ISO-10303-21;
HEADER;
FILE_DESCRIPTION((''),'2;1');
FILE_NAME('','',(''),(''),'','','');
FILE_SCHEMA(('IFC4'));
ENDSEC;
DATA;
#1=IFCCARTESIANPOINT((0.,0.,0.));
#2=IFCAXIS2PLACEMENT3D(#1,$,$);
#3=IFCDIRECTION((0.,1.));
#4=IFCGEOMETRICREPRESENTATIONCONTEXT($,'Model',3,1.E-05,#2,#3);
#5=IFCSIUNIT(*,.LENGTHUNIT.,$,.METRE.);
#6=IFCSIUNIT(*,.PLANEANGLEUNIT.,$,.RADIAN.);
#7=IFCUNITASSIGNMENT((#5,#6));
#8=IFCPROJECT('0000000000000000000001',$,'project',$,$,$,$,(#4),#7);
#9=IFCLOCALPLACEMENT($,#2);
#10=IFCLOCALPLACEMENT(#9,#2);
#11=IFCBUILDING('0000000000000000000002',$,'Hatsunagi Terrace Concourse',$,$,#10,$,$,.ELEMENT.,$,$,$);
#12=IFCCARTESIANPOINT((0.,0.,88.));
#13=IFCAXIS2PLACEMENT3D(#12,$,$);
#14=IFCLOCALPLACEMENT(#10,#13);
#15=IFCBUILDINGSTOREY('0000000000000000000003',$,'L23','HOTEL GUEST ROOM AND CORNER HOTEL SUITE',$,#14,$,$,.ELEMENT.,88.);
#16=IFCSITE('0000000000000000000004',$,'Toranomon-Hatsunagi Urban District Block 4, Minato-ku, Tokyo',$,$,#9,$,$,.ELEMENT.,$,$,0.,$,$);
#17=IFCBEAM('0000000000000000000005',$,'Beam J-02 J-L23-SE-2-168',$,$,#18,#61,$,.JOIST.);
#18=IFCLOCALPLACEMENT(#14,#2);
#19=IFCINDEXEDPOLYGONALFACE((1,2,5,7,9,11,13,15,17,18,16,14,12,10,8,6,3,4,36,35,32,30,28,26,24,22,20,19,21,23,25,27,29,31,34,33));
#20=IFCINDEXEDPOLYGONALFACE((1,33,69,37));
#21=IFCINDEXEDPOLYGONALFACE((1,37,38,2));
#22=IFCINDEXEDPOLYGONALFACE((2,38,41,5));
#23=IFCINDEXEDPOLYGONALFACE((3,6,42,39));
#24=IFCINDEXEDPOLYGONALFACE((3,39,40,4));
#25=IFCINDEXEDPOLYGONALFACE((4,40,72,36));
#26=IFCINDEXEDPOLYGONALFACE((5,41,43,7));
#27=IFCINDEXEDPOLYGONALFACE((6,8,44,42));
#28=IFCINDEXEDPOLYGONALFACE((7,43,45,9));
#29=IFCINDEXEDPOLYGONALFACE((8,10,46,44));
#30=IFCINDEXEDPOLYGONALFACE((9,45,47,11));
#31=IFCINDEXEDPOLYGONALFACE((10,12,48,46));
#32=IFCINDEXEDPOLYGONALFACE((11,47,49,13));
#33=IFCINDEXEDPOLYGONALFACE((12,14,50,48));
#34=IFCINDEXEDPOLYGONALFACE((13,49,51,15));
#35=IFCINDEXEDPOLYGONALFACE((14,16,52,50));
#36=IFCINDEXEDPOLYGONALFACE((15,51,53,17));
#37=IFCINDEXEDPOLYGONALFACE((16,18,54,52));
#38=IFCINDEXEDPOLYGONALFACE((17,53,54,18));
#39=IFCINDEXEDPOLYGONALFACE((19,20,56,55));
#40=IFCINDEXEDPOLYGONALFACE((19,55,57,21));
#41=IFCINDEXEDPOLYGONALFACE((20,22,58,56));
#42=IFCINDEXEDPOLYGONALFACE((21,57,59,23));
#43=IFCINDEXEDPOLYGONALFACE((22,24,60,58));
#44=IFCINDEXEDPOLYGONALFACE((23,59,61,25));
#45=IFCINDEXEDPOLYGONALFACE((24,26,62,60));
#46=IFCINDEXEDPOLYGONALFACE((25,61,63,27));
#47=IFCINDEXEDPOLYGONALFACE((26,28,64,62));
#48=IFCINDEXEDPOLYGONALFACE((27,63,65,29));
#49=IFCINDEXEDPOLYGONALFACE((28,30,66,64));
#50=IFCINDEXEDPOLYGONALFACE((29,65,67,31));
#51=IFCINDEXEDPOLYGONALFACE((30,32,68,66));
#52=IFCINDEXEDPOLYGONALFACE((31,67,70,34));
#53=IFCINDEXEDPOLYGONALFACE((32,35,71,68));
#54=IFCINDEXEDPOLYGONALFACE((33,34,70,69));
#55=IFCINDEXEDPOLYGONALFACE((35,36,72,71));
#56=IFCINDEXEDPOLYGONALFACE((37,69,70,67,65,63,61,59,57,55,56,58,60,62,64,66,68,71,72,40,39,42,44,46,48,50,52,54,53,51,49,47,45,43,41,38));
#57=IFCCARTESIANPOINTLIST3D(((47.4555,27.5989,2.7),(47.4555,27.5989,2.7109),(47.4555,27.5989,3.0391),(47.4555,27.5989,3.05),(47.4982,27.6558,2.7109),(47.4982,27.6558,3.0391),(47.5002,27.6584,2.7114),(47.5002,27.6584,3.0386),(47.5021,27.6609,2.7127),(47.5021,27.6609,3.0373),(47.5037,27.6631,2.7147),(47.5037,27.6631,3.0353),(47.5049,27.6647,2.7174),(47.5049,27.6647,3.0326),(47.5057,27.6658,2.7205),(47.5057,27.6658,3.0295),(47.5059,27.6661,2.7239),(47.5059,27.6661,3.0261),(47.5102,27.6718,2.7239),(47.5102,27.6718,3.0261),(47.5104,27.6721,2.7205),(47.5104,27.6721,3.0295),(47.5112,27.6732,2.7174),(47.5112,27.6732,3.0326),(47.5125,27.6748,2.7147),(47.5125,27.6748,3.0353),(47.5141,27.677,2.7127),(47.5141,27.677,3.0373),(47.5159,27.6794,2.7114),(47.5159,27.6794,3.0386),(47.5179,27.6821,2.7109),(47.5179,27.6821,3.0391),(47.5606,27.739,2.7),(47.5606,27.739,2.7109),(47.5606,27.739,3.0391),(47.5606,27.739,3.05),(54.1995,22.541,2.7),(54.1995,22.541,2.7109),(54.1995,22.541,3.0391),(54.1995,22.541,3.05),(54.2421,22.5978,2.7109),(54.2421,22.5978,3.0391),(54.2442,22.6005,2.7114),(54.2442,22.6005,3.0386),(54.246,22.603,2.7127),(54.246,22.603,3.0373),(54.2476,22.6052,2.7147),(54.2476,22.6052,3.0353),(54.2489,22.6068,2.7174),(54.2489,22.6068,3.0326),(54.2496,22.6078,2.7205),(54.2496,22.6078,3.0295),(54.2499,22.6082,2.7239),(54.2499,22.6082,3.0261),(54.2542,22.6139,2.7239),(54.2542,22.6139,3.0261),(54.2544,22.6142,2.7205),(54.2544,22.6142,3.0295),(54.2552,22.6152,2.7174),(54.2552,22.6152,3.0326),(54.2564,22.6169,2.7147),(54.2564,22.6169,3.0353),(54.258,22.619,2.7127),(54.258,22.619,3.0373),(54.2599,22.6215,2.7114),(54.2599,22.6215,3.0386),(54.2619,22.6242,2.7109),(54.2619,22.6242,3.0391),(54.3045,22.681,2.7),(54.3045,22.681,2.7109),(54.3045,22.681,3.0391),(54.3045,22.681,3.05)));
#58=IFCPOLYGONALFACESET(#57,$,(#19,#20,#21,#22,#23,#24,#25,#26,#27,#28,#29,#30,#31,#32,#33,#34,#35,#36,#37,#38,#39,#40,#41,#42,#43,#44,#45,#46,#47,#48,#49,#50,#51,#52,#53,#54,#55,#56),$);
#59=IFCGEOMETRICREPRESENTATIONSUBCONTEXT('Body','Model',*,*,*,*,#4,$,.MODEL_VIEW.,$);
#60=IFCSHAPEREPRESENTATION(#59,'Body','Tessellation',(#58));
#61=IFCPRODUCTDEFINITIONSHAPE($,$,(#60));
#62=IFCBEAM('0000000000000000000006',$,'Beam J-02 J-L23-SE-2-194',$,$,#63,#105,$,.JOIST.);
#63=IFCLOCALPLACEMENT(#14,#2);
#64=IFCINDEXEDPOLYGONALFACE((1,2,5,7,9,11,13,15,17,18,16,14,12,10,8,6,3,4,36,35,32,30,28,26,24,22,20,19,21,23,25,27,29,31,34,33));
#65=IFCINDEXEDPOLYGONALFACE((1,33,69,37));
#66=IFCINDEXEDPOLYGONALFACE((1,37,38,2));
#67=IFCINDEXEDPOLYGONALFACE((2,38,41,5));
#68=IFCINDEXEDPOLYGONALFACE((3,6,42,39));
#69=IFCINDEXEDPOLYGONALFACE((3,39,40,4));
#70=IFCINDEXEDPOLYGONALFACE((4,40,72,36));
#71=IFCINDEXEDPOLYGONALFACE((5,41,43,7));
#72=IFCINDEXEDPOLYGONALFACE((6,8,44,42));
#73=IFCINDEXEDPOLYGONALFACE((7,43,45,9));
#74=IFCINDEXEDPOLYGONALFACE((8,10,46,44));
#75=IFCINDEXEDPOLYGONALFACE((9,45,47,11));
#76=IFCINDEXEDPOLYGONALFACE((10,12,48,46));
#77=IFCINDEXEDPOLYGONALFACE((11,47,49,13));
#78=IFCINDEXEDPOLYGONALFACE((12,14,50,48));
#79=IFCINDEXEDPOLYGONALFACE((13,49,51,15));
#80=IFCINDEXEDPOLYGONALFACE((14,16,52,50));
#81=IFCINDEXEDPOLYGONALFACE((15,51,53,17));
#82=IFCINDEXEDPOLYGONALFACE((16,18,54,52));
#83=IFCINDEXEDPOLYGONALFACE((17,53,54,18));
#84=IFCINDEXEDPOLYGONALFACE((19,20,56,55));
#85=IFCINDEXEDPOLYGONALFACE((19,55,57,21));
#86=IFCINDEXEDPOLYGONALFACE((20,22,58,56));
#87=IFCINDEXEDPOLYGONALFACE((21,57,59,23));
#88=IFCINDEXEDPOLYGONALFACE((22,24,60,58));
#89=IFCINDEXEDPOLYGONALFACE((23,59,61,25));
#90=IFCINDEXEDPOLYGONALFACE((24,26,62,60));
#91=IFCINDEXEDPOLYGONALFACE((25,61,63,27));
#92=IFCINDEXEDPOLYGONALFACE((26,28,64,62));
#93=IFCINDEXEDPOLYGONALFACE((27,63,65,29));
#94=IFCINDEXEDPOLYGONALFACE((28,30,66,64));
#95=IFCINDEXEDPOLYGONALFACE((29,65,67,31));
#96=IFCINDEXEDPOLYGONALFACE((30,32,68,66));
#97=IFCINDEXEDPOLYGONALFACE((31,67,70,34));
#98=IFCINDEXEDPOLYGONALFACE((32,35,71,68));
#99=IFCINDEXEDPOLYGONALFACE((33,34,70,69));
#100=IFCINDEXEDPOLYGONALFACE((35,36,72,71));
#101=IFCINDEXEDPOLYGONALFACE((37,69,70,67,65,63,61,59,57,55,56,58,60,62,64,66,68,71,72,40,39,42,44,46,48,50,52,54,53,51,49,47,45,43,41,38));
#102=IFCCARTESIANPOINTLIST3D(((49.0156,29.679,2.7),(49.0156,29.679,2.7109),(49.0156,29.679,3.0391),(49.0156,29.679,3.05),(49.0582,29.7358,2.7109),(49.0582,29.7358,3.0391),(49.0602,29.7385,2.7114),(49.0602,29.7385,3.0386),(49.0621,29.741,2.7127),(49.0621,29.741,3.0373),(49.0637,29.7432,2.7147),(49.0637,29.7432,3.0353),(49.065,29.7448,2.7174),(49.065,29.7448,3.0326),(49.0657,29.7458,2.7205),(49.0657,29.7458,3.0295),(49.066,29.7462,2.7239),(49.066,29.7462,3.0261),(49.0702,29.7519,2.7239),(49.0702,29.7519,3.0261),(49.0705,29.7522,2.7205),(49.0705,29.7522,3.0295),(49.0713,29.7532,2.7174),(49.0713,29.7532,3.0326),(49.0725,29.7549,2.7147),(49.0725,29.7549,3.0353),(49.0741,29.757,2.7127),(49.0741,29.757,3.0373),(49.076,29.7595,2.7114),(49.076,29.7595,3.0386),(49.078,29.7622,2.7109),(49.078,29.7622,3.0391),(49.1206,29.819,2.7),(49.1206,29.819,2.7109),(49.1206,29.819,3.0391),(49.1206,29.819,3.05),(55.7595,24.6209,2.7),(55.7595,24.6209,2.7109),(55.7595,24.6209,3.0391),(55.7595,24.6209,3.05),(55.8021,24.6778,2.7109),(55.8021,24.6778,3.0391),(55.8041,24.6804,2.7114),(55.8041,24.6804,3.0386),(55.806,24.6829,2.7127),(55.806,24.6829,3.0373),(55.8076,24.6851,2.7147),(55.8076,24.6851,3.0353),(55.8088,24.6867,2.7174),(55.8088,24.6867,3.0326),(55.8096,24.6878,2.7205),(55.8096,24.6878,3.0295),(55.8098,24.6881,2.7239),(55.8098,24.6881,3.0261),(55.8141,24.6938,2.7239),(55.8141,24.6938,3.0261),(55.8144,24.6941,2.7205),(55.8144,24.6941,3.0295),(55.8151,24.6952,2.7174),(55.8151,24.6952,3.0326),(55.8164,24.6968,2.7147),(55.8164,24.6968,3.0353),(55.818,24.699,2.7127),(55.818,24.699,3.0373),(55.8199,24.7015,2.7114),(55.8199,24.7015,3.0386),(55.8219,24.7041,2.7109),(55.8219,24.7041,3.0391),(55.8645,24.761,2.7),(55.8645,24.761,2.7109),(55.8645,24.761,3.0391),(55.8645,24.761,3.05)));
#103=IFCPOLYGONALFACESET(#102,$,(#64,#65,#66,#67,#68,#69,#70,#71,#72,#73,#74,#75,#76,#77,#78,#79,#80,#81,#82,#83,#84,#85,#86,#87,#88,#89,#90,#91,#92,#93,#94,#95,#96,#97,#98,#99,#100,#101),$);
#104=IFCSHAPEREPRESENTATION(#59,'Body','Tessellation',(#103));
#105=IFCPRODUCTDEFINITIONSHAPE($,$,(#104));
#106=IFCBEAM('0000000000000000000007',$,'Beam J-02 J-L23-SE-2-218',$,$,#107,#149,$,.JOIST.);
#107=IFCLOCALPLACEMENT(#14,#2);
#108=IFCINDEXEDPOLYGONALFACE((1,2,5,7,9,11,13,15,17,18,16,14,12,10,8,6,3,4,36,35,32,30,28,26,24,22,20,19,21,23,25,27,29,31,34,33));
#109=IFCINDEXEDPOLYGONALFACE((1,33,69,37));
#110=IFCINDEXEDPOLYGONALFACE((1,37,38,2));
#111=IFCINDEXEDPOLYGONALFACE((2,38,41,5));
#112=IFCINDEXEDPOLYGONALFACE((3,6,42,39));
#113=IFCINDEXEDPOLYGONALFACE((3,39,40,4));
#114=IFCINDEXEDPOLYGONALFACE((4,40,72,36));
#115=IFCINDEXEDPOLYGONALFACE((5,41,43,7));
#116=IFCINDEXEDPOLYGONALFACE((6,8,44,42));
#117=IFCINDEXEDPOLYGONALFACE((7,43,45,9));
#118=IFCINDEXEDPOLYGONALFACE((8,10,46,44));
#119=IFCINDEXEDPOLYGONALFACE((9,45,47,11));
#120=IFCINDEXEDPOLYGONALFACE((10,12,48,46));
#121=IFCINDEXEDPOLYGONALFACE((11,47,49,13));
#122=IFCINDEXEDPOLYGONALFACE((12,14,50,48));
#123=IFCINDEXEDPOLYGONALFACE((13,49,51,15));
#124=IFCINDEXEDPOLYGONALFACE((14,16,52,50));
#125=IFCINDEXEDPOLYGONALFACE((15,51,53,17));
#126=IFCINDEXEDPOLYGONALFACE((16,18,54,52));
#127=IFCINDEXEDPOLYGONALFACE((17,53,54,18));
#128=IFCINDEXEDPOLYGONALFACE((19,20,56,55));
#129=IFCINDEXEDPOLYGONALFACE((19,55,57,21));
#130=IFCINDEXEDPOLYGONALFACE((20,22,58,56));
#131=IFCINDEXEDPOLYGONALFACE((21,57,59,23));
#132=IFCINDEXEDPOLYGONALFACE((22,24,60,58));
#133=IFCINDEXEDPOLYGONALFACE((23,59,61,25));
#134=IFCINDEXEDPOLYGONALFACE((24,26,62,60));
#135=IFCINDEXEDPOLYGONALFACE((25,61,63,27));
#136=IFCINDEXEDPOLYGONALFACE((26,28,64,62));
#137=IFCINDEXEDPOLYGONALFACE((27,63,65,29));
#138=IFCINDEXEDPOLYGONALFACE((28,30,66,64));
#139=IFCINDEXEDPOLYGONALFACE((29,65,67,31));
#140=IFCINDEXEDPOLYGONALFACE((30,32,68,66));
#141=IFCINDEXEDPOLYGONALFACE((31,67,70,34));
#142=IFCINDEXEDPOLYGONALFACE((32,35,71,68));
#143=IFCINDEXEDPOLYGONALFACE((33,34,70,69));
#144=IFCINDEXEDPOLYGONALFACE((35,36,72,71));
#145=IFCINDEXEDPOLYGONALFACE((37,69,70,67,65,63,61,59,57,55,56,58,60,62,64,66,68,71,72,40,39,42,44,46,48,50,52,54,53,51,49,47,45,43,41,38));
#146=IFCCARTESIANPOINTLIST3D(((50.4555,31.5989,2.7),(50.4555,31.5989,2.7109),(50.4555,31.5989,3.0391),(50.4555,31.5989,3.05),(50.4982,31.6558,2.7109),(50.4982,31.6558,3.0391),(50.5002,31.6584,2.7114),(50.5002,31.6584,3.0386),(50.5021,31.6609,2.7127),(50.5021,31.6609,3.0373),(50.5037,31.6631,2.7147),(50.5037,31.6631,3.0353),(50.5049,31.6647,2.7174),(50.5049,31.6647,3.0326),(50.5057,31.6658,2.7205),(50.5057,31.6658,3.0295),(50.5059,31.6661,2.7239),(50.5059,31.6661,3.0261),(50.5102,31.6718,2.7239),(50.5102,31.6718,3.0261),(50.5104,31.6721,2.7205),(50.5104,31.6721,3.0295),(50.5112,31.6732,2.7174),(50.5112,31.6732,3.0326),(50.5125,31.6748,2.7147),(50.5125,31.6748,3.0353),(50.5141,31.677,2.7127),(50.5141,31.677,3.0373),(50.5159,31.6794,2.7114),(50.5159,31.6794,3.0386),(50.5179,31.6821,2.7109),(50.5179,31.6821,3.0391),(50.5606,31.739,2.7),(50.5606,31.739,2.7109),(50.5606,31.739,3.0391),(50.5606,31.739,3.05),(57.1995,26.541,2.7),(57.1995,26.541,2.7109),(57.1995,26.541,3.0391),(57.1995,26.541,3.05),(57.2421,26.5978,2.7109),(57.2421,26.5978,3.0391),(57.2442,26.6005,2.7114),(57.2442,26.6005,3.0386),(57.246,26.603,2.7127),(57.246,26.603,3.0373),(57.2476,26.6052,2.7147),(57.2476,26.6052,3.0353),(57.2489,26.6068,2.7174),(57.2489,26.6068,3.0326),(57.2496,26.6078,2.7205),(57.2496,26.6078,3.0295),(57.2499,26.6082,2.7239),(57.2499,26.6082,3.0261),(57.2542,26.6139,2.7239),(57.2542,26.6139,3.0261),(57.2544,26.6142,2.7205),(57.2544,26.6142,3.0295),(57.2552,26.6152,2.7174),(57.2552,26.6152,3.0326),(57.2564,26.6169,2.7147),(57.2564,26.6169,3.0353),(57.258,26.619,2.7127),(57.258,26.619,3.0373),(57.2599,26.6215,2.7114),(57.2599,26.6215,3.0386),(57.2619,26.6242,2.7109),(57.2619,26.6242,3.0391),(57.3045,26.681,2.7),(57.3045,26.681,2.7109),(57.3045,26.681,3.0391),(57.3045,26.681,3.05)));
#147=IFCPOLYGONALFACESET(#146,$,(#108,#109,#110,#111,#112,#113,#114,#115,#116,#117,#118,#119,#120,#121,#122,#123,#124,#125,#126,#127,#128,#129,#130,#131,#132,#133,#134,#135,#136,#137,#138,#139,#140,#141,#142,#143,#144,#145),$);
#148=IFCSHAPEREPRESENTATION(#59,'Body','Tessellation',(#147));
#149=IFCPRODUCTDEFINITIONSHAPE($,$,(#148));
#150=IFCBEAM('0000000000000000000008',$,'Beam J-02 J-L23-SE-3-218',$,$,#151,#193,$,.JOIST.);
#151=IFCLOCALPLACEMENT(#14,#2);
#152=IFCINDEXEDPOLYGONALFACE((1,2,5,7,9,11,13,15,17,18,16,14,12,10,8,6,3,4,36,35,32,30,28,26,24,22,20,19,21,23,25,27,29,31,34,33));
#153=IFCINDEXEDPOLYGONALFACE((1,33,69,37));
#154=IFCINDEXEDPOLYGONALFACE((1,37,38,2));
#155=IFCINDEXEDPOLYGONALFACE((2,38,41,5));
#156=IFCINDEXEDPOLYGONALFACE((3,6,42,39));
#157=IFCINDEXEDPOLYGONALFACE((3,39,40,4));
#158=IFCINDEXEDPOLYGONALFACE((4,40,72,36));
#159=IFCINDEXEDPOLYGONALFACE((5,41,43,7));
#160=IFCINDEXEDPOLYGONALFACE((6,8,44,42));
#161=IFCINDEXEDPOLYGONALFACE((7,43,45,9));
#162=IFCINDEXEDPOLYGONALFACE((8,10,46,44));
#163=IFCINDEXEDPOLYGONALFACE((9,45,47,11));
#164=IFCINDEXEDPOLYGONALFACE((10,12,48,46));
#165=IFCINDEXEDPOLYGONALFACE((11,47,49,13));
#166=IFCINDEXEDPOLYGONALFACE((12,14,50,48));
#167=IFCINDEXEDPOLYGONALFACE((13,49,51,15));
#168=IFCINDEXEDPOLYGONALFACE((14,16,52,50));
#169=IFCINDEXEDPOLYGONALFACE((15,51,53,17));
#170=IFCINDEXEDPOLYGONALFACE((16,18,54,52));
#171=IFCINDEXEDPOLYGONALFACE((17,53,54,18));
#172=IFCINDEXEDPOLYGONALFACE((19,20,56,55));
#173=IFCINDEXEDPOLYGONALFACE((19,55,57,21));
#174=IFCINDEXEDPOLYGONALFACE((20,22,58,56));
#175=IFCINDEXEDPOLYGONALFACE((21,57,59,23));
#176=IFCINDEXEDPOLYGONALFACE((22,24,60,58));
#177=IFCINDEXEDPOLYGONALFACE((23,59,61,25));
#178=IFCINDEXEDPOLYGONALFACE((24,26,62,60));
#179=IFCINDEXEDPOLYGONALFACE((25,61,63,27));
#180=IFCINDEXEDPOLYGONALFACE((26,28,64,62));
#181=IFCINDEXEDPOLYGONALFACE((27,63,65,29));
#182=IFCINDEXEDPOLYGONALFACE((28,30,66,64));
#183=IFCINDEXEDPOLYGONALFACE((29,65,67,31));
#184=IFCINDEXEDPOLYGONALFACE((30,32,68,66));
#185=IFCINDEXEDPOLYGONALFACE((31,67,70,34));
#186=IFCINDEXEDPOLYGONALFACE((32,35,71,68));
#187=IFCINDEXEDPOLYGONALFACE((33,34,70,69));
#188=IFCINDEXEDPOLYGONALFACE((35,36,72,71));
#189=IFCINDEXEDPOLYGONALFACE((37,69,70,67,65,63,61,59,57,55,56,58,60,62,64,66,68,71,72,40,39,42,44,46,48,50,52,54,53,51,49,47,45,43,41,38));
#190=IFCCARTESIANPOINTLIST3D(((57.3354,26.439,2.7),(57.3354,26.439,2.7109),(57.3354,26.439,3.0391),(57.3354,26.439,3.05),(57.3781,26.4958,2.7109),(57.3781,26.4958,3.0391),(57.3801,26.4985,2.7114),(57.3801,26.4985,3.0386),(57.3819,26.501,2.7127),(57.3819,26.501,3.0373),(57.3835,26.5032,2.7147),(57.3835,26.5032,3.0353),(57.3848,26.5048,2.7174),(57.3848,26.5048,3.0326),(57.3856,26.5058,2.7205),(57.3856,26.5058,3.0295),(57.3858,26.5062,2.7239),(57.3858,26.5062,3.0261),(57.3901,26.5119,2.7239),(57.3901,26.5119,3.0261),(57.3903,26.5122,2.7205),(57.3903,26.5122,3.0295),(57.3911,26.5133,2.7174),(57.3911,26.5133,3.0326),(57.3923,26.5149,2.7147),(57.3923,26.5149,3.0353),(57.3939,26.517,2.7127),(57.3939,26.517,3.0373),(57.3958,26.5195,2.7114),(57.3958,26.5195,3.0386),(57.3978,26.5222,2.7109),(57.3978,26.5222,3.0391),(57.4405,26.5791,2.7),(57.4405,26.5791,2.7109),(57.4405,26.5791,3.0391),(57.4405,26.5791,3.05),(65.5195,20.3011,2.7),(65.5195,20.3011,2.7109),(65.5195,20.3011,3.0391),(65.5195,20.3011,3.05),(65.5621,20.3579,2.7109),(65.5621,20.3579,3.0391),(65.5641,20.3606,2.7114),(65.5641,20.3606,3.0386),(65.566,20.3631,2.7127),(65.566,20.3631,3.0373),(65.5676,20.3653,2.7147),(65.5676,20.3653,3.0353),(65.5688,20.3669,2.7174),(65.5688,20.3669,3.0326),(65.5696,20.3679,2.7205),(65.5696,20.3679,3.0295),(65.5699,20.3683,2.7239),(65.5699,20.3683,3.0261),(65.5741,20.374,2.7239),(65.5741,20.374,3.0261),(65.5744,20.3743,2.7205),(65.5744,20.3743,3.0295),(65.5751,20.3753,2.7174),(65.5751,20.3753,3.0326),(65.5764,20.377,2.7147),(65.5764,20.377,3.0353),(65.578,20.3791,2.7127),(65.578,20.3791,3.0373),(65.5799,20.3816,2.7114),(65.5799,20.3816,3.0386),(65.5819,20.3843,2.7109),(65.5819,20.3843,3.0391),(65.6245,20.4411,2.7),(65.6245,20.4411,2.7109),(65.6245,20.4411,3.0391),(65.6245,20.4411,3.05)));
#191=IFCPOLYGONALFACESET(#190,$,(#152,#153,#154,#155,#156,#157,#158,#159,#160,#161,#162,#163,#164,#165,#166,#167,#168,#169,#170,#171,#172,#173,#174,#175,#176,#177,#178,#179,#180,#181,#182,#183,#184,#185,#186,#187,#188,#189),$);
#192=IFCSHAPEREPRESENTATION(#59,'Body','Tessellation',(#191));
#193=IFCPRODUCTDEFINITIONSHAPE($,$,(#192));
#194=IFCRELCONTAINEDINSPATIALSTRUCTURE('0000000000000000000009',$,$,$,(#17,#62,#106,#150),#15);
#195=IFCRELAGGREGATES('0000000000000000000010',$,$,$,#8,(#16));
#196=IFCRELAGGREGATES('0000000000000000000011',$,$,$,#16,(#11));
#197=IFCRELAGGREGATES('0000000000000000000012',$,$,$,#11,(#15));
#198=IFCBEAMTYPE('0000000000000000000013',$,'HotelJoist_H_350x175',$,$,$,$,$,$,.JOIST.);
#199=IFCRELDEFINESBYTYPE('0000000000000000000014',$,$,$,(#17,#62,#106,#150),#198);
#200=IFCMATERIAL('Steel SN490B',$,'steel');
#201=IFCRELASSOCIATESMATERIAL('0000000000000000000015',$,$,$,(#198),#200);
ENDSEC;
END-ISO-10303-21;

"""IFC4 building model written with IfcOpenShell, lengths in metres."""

from ifc_helpers import new_model, si_unit, direction, frame, origin, origin_2d, place, context, subcontext, project, spatial, i_section, extrude, material, material_profile, profile_set, type_object, element, save


model = new_model("IFC4")

# Units and contexts
model_context = context("Model", 3, precision=1e-05, world=origin(), true_north=direction((0.0, 1.0)))
body_context = subcontext(model_context, "Body", "Model", "MODEL_VIEW")
ifc_project = project(units=[si_unit("LENGTHUNIT", "METRE"), si_unit("PLANEANGLEUNIT", "RADIAN")], contexts=[model_context])

# Site, building, storey
site_placement = place(None, origin())
site = spatial("IfcSite", under=ifc_project, at=site_placement, Name="Toranomon-Hatsunagi Urban District Block 4, Minato-ku, Tokyo", CompositionType="ELEMENT", RefElevation=0.0)
building_placement = place(site_placement, origin())
building = spatial("IfcBuilding", under=site, at=building_placement, Name="Hatsunagi Terrace Concourse", CompositionType="ELEMENT")
storey_placement = place(building_placement, frame((0.0, 0.0, 88.0)))
storey = spatial("IfcBuildingStorey", under=building, at=storey_placement, Name="L23", Description="HOTEL GUEST ROOM AND CORNER HOTEL SUITE", CompositionType="ELEMENT", Elevation=88.0)

# Beams
ifc_material_1 = material(Name="Steel SN490B", Category="steel")
ifc_material_profile_1 = material_profile(ifc_material_1, i_section(OverallWidth=0.175, OverallDepth=0.3501, WebThickness=0.0071, FlangeThickness=0.011, FilletRadius=0.0129, at=origin_2d()), Name="H-350x175x7x11")
ifc_profile_set_1 = profile_set([ifc_material_profile_1], Name="Steel SN490B")
beam_type_1 = type_object("IfcBeamType", Name="HotelJoist_H_350x175", PredefinedType="JOIST", material=ifc_profile_set_1)
for number, where, z_axis, x_axis, name in (
    (1, (47.5081, 27.6689, 2.875), (0.800003, -0.599995, 0.0), (0.599995, 0.800003, 0.0), "Beam J-02 J-L23-SE-2-168"),
    (2, (49.0681, 29.749, 2.875), (0.79999, -0.600014, 0.0), (0.600014, 0.79999, 0.0), "Beam J-02 J-L23-SE-2-194"),
    (3, (50.5081, 31.6689, 2.875), (0.800003, -0.599995, 0.0), (0.599995, 0.800003, 0.0), "Beam J-02 J-L23-SE-2-218"),
):
    element("IfcBeam", number, at=place(storey_placement, frame(where, z_axis=z_axis, x_axis=x_axis)), inside=storey, type_object=beam_type_1, Name=name, PredefinedType="JOIST", context=body_context, shape_type="SweptSolid", body=[
        extrude(i_section(OverallWidth=0.175, OverallDepth=0.3501, WebThickness=0.0071, FlangeThickness=0.011, FilletRadius=0.0129, at=origin_2d()), origin(), (0.0, 0.0, 1.0), 8.4299),
    ])
beam_1_placement = place(storey_placement, frame((57.3879, 26.509, 2.875), z_axis=(0.800006, -0.599992, 0.0), x_axis=(0.599992, 0.800006, 0.0)))
element("IfcBeam", 4, at=beam_1_placement, inside=storey, type_object=beam_type_1, Name="Beam J-02 J-L23-SE-3-218", PredefinedType="JOIST", context=body_context, shape_type="SweptSolid", body=[
    extrude(i_section(OverallWidth=0.175, OverallDepth=0.3501, WebThickness=0.0071, FlangeThickness=0.011, FilletRadius=0.0129, at=origin_2d()), origin(), (0.0, 0.0, 1.0), 10.23),
])

save(model, "model.ifc")
